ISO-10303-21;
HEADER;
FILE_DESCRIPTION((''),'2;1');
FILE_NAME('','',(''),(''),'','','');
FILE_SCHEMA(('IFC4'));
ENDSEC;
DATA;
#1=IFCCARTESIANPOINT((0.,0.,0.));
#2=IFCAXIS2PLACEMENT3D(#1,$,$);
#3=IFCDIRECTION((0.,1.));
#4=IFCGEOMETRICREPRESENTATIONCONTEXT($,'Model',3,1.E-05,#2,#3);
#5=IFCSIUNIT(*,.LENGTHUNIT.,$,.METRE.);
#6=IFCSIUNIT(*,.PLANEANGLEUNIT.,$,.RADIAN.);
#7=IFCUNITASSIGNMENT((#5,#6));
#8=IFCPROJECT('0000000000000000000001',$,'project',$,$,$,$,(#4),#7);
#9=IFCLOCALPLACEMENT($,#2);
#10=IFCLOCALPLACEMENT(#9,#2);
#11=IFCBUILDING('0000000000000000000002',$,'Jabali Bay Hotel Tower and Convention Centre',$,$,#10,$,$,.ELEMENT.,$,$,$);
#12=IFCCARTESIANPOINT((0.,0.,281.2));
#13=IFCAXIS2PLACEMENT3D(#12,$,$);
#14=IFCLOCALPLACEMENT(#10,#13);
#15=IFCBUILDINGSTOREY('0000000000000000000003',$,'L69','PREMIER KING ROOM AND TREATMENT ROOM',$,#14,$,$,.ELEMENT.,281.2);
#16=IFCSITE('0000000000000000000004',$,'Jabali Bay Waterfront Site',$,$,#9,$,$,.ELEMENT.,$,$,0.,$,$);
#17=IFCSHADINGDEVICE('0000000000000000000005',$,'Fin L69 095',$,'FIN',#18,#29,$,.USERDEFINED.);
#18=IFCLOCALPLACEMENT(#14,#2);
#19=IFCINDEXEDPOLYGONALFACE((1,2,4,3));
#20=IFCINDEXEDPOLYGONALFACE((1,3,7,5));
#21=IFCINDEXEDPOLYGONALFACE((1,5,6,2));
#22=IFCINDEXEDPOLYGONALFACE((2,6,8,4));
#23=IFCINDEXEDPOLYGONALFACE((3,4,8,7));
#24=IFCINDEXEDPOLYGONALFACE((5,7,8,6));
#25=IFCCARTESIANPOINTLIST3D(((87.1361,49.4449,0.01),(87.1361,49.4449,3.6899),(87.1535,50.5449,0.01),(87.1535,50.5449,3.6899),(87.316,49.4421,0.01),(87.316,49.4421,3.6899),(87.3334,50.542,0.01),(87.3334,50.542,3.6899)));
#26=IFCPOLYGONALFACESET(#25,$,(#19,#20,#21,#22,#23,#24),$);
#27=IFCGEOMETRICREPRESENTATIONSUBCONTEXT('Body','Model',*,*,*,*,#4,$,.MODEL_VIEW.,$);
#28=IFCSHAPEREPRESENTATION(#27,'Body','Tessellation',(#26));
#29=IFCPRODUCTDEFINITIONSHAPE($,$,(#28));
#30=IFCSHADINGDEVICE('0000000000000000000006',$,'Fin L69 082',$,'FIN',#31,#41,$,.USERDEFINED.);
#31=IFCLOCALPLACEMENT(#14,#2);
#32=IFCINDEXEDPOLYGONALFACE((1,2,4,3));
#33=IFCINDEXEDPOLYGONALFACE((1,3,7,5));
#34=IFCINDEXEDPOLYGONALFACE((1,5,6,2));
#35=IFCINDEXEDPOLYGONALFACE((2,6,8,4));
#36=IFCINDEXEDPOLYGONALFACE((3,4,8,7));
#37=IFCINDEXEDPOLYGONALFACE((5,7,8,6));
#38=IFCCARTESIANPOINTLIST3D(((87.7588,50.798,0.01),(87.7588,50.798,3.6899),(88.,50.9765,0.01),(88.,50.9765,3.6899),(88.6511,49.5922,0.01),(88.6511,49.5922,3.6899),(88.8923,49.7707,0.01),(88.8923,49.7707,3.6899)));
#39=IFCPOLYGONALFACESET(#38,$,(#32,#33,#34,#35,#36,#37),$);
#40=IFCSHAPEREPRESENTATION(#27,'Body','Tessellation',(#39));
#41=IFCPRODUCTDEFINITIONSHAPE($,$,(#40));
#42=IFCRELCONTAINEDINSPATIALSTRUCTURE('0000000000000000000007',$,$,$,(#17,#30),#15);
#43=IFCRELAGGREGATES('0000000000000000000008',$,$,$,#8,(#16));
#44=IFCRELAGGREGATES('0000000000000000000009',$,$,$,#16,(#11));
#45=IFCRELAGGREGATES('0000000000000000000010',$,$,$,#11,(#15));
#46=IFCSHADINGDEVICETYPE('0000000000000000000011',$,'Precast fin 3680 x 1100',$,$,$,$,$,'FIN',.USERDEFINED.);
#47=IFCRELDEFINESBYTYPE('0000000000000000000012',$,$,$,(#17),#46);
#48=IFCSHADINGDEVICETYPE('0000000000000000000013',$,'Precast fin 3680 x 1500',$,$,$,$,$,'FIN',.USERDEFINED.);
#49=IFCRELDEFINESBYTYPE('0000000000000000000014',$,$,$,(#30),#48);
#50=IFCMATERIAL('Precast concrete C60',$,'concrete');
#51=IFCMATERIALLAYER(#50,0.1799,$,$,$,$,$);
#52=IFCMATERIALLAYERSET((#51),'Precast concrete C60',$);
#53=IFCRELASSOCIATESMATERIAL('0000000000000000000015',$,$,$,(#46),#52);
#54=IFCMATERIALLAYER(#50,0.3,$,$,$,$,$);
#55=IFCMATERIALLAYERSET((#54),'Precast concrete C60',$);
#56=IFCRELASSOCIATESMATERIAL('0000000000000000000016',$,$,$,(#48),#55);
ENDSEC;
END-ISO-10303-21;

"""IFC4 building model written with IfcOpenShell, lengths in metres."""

from ifc_helpers import new_model, si_unit, direction, frame, frame_2d, origin, place, context, subcontext, project, spatial, rectangle, extrude, material, layer, layer_set, type_object, element, save


model = new_model("IFC4")

# Units and contexts
model_context = context("Model", 3, precision=1e-05, world=origin(), true_north=direction((0.0, 1.0)))
body_context = subcontext(model_context, "Body", "Model", "MODEL_VIEW")
ifc_project = project(units=[si_unit("LENGTHUNIT", "METRE"), si_unit("PLANEANGLEUNIT", "RADIAN")], contexts=[model_context])

# Site, building, storey
site_placement = place(None, origin())
site = spatial("IfcSite", under=ifc_project, at=site_placement, Name="Jabali Bay Waterfront Site", CompositionType="ELEMENT", RefElevation=0.0)
building_placement = place(site_placement, origin())
building = spatial("IfcBuilding", under=site, at=building_placement, Name="Jabali Bay Hotel Tower and Convention Centre", CompositionType="ELEMENT")
storey_placement = place(building_placement, frame((0.0, 0.0, 281.2)))
storey = spatial("IfcBuildingStorey", under=building, at=storey_placement, Name="L69", Description="PREMIER KING ROOM AND TREATMENT ROOM", CompositionType="ELEMENT", Elevation=281.2)

# Shading devices
ifc_material_1 = material(Name="Precast concrete C60", Category="concrete")
ifc_layer_1 = layer(ifc_material_1, 0.1799)
ifc_layer_set_1 = layer_set([ifc_layer_1], Name="Precast concrete C60")
shading_device_type_1 = type_object("IfcShadingDeviceType", Name="Precast fin 3680 x 1100", ElementType="FIN", PredefinedType="USERDEFINED", material=ifc_layer_set_1)
shading_device_1_placement = place(storey_placement, frame((87.2434, 50.5435, 0.01), z_axis=(0.0, 0.0, 1.0), x_axis=(-0.015758, -0.999876, 0.0)))
element("IfcShadingDevice", 1, at=shading_device_1_placement, inside=storey, type_object=shading_device_type_1, Name="Fin L69 095", ObjectType="FIN", PredefinedType="USERDEFINED", context=body_context, shape_type="SweptSolid", body=[
    extrude(rectangle(XDim=1.1001, YDim=0.1799, at=frame_2d((0.55, 0.0))), origin(), (0.0, 0.0, 1.0), 3.6799),
])
ifc_layer_2 = layer(ifc_material_1, 0.3)
ifc_layer_set_2 = layer_set([ifc_layer_2], Name="Precast concrete C60")
shading_device_type_2 = type_object("IfcShadingDeviceType", Name="Precast fin 3680 x 1500", ElementType="FIN", PredefinedType="USERDEFINED", material=ifc_layer_set_2)
shading_device_2_placement = place(storey_placement, frame((87.8794, 50.8872, 0.01), z_axis=(0.0, 0.0, 1.0), x_axis=(0.594858, -0.803831, 0.0)))
element("IfcShadingDevice", 2, at=shading_device_2_placement, inside=storey, type_object=shading_device_type_2, Name="Fin L69 082", ObjectType="FIN", PredefinedType="USERDEFINED", context=body_context, shape_type="SweptSolid", body=[
    extrude(rectangle(XDim=1.5, YDim=0.3, at=frame_2d((0.75, 0.0))), origin(), (0.0, 0.0, 1.0), 3.6799),
])

save(model, "model.ifc")
